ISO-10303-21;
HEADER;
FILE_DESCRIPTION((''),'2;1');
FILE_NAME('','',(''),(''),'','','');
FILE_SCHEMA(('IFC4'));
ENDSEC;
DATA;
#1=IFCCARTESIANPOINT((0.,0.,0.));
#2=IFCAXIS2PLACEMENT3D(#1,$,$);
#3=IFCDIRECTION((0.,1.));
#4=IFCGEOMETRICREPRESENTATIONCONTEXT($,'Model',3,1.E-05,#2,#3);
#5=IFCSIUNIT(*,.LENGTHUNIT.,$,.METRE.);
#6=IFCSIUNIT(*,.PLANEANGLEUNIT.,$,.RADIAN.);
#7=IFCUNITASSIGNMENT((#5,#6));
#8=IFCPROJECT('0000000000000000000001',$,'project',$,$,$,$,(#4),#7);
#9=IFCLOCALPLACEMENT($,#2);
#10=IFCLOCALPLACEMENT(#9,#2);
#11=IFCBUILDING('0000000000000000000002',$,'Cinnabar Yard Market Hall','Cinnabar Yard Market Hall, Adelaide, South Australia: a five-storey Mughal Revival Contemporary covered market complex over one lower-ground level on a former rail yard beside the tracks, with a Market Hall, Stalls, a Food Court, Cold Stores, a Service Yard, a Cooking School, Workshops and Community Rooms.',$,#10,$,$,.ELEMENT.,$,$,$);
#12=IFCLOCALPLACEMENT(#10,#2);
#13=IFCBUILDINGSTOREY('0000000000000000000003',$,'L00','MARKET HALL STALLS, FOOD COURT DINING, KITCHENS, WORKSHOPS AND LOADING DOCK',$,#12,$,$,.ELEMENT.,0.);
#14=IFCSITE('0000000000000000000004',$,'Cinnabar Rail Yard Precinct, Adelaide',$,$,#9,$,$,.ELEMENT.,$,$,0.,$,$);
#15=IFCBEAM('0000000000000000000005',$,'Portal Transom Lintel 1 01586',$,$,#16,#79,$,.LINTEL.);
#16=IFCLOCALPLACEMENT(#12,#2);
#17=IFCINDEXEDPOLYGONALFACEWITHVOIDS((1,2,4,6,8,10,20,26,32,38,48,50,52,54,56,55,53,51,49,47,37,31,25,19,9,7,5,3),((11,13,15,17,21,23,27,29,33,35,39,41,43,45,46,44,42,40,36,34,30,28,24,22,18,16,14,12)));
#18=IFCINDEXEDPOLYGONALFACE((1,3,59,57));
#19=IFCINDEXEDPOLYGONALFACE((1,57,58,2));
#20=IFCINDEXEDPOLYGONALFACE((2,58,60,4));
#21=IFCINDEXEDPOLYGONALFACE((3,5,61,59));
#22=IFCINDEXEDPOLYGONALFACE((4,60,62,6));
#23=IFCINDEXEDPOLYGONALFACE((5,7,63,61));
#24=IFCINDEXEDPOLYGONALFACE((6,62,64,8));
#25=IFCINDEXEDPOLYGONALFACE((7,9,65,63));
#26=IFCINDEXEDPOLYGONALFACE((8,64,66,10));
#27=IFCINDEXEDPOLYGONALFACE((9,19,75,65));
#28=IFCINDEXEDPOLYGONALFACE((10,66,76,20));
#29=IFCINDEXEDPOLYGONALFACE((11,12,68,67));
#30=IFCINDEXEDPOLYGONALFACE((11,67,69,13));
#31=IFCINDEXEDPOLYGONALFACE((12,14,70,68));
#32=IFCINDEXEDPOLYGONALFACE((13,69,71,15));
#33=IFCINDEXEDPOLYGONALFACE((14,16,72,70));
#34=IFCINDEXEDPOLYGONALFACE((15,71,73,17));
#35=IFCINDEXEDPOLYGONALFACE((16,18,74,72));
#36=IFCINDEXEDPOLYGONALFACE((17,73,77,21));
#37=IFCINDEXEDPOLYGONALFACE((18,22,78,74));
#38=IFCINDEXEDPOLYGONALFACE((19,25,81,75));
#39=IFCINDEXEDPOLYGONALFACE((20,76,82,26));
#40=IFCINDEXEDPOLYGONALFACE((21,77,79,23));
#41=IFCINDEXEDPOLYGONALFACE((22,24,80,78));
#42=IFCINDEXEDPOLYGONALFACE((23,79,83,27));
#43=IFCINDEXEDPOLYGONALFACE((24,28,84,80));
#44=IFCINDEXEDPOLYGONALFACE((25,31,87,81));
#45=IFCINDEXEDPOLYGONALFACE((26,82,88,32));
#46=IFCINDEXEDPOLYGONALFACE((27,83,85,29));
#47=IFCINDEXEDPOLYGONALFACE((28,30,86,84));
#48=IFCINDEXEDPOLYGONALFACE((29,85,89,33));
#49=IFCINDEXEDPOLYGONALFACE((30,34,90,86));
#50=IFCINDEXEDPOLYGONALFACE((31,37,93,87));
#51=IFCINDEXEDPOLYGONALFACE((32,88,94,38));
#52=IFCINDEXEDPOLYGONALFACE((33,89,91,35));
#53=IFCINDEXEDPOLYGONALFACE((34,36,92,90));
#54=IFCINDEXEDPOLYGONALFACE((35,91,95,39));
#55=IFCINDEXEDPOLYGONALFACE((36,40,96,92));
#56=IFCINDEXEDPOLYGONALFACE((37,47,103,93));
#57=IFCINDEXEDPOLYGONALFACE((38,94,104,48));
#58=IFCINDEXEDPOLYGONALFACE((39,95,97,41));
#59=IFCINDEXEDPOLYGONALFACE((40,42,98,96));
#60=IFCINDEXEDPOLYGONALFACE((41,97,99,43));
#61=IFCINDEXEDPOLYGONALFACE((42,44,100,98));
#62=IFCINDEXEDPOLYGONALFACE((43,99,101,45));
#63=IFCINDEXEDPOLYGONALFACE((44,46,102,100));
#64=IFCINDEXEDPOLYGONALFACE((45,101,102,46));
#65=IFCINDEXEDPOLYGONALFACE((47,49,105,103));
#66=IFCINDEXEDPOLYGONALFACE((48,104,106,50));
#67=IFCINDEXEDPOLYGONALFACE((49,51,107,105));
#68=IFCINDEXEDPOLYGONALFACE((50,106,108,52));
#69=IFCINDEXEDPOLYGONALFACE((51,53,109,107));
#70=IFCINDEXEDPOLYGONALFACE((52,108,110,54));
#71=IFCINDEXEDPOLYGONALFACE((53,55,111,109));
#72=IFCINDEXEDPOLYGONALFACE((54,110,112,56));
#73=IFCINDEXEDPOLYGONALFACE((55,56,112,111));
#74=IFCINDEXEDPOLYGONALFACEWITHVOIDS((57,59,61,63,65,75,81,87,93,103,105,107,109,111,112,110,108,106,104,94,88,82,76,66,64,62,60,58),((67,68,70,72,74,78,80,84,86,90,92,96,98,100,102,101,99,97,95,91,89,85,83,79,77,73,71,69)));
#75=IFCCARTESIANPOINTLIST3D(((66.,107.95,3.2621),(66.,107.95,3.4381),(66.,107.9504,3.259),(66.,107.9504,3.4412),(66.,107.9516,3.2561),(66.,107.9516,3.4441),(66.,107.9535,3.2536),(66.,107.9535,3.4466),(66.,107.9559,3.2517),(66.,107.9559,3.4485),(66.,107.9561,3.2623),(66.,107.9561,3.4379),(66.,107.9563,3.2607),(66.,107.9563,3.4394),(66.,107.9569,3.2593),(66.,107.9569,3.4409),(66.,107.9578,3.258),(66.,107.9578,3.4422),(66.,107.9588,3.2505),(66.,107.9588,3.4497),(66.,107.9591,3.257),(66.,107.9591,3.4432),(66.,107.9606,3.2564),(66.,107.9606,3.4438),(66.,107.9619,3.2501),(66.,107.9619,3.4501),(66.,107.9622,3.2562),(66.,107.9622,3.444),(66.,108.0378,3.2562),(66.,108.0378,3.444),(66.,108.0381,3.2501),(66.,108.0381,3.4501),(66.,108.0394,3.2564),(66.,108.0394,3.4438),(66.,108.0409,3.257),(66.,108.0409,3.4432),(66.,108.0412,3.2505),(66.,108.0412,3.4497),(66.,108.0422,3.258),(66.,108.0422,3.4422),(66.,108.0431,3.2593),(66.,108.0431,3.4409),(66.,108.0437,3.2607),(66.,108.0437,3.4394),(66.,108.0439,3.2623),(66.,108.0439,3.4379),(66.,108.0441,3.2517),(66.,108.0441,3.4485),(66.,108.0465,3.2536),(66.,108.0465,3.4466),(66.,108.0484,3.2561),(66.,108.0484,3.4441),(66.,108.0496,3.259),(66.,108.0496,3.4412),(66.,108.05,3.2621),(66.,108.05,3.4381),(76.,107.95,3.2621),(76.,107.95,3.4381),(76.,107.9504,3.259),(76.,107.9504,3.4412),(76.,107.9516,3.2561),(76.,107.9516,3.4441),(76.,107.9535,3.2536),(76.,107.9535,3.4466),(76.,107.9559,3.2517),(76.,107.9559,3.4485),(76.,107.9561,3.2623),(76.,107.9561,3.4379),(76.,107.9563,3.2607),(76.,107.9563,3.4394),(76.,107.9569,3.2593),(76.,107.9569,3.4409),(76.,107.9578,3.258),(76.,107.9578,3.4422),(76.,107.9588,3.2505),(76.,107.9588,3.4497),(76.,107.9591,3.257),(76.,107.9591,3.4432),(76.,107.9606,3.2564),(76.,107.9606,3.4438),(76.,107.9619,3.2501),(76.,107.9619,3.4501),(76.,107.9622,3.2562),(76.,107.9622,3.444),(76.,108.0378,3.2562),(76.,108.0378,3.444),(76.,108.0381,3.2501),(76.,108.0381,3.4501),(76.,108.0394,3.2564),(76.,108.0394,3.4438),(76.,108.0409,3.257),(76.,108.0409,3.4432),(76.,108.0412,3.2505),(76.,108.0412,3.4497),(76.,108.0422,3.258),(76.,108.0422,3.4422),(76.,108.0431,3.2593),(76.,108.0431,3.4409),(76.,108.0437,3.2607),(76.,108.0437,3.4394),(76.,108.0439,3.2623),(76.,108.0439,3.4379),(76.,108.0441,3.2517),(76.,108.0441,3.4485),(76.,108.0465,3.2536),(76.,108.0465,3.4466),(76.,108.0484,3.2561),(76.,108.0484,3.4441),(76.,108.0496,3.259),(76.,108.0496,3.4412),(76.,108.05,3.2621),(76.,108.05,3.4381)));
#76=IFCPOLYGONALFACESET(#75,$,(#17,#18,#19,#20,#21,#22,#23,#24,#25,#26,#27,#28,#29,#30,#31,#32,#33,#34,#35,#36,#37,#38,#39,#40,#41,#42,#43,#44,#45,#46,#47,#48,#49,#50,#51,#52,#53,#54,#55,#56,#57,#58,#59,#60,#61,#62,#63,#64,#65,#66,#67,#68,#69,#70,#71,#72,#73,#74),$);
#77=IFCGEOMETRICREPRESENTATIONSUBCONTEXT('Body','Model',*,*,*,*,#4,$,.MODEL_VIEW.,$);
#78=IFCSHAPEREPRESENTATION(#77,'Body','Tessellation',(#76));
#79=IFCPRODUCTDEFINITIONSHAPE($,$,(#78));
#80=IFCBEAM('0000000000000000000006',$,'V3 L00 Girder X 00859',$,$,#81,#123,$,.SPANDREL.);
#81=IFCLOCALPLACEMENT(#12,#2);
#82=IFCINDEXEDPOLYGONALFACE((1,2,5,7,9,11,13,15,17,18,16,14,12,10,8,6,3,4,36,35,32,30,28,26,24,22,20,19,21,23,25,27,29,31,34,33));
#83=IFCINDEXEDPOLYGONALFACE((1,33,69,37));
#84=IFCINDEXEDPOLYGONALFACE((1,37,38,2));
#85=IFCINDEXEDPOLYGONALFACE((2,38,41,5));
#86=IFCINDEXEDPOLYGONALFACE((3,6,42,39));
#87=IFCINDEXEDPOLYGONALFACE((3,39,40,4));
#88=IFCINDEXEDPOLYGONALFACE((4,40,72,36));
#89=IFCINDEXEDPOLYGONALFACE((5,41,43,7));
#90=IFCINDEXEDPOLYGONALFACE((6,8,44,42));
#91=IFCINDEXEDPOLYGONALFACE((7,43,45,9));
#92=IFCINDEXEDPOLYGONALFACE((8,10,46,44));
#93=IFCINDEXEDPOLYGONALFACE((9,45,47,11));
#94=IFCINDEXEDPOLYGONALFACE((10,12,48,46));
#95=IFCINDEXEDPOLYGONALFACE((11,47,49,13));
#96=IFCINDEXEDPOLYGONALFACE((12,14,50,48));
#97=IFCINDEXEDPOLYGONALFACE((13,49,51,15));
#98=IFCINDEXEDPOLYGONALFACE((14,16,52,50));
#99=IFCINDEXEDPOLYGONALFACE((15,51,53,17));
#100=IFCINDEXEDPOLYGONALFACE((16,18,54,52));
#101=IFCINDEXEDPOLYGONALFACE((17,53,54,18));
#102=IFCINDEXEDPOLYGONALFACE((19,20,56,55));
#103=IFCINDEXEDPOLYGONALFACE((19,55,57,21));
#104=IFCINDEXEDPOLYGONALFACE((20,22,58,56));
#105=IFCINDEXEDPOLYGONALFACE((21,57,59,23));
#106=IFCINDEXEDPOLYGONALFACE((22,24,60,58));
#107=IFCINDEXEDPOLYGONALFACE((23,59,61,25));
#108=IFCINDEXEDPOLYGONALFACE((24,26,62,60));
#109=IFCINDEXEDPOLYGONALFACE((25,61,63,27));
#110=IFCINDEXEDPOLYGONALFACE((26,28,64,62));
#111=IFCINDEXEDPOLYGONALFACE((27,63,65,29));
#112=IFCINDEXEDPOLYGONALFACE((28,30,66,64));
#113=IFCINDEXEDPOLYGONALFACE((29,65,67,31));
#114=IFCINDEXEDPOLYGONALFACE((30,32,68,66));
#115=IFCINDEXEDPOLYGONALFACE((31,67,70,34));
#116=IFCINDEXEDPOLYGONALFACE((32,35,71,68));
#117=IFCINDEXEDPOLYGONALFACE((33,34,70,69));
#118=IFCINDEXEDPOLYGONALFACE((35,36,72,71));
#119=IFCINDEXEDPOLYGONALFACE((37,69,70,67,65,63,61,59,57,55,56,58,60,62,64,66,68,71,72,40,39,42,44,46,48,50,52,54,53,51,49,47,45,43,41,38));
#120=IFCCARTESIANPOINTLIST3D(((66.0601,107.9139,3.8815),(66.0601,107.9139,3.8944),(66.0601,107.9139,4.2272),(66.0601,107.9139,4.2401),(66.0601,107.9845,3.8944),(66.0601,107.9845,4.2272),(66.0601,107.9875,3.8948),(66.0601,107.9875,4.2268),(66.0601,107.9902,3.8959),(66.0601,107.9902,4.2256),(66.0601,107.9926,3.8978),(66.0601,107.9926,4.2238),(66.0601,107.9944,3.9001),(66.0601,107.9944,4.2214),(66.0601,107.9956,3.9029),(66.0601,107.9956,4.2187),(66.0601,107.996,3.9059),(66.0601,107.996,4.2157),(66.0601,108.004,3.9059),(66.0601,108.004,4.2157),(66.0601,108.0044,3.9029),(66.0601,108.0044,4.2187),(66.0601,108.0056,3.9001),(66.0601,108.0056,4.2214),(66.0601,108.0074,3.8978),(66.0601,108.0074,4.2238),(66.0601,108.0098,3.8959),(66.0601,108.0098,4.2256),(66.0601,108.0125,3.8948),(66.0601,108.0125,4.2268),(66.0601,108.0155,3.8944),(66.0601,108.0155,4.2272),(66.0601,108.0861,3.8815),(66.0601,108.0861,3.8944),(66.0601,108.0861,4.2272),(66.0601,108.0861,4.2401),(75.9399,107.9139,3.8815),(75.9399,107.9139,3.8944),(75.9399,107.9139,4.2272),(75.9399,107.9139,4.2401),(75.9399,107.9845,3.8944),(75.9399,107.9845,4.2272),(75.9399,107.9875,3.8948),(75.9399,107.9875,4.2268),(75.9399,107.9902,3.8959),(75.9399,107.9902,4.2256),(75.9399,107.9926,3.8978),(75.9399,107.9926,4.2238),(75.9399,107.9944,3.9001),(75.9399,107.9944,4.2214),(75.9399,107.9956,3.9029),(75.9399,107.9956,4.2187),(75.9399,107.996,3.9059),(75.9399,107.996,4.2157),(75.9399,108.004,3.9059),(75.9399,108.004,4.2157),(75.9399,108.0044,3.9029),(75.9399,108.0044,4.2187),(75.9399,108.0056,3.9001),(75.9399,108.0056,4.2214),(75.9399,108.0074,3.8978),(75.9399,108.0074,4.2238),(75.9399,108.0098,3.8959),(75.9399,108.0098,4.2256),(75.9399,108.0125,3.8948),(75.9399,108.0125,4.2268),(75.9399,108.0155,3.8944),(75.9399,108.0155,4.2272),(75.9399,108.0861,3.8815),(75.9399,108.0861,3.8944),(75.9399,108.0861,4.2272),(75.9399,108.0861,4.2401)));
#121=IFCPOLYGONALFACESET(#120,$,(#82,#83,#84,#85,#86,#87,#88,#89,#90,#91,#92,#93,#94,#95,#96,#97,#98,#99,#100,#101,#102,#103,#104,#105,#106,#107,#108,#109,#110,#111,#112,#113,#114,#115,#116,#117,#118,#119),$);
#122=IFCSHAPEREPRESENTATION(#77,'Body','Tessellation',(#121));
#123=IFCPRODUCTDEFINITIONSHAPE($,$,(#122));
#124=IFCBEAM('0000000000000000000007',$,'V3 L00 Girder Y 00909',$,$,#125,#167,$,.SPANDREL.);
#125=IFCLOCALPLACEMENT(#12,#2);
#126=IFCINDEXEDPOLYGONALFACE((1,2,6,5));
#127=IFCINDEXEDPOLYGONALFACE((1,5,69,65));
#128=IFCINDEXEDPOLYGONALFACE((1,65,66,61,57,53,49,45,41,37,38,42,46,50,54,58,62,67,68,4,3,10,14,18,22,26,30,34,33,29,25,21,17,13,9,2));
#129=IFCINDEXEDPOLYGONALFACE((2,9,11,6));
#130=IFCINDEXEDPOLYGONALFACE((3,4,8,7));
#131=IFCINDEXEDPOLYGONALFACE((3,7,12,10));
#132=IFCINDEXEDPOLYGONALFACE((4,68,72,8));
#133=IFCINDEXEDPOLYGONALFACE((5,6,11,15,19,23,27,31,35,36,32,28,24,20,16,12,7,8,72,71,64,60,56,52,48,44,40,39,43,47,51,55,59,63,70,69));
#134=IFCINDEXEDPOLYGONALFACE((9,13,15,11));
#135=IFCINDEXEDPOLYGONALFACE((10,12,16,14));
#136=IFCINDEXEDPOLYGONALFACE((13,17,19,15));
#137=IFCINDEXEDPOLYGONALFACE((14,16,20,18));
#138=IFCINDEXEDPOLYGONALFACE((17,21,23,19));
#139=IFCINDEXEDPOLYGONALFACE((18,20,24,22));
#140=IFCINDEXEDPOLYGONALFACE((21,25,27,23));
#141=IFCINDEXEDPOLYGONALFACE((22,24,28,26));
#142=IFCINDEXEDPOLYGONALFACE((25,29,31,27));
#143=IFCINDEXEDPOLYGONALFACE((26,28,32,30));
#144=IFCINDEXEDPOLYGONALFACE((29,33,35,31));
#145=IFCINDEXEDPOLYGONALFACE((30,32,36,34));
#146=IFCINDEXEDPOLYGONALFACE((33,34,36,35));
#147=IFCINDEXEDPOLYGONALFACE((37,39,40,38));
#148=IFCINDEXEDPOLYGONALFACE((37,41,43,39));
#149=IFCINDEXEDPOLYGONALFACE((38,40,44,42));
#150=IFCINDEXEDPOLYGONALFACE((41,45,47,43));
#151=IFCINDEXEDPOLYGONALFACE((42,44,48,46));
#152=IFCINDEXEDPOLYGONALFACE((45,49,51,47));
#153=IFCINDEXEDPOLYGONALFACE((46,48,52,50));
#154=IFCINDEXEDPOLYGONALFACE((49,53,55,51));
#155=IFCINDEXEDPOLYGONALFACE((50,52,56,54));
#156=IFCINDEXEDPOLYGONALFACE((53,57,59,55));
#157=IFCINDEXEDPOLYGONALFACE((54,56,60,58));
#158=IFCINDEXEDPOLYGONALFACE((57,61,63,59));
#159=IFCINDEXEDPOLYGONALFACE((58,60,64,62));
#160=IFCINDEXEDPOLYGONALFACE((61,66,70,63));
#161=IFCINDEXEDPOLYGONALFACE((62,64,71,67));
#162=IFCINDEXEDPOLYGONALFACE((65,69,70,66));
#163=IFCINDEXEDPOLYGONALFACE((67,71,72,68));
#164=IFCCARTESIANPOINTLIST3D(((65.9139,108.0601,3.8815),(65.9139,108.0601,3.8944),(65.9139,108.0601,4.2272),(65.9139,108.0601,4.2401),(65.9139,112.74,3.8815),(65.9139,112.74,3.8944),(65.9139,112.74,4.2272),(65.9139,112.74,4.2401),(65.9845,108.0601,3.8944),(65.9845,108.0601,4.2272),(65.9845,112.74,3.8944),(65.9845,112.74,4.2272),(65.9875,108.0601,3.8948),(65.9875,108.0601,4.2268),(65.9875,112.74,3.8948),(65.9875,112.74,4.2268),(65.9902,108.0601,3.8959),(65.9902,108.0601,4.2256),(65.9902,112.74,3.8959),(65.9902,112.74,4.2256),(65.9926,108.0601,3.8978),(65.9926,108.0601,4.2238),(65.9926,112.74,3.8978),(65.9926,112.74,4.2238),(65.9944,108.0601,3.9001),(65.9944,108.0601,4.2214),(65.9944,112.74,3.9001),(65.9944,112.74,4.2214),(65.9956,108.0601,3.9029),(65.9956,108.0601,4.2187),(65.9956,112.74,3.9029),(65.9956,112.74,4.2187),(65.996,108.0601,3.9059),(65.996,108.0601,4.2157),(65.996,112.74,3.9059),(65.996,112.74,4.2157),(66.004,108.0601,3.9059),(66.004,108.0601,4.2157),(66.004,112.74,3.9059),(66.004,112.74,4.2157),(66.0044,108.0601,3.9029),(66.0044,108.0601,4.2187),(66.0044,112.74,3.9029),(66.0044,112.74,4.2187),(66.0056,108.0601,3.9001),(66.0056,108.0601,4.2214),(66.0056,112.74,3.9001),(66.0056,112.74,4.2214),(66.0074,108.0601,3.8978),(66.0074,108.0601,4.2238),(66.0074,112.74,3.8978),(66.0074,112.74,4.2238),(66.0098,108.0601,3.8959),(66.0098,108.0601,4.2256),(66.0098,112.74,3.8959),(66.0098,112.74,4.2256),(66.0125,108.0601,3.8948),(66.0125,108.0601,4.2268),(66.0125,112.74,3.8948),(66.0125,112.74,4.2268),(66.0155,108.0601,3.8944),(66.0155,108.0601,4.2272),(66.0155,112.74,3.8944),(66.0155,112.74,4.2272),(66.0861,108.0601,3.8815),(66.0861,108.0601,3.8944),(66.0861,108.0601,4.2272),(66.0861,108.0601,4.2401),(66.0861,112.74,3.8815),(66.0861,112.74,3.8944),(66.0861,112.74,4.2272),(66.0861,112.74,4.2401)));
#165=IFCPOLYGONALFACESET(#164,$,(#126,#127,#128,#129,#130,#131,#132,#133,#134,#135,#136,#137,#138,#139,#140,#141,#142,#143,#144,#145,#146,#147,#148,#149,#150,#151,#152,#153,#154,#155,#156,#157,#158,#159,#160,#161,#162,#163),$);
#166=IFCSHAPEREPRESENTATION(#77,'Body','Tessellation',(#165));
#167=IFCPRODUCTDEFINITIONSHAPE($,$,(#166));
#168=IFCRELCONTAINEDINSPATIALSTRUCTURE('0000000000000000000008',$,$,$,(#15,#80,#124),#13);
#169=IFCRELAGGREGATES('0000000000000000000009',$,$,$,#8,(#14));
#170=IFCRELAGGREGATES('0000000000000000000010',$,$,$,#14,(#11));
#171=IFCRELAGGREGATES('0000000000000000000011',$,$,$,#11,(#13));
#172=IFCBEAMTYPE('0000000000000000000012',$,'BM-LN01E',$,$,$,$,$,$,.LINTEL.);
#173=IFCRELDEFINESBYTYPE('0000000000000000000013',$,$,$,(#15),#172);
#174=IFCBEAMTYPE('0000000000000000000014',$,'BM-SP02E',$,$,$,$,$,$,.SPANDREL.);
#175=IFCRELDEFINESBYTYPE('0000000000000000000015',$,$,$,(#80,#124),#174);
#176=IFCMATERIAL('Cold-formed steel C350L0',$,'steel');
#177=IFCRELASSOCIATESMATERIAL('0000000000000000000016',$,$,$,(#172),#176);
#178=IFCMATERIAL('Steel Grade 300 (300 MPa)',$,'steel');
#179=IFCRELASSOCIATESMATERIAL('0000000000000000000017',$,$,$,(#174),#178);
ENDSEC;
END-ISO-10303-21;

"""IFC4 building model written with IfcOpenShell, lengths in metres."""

from ifc_helpers import new_model, si_unit, direction, frame, origin, origin_2d_with_axis, place, context, subcontext, project, spatial, hollow_rectangle, i_section, extrude, material, material_profile, profile_set, type_object, element, save


model = new_model("IFC4")

# Units and contexts
model_context = context("Model", 3, precision=1e-05, world=origin(), true_north=direction((0.0, 1.0)))
body_context = subcontext(model_context, "Body", "Model", "MODEL_VIEW")
ifc_project = project(units=[si_unit("LENGTHUNIT", "METRE"), si_unit("PLANEANGLEUNIT", "RADIAN")], contexts=[model_context])

# Site, building, storey
site_placement = place(None, origin())
site = spatial("IfcSite", under=ifc_project, at=site_placement, Name="Cinnabar Rail Yard Precinct, Adelaide", CompositionType="ELEMENT", RefElevation=0.0)
building_placement = place(site_placement, origin())
building = spatial("IfcBuilding", under=site, at=building_placement, Name="Cinnabar Yard Market Hall", Description="Cinnabar Yard Market Hall, Adelaide, South Australia: a five-storey Mughal Revival Contemporary covered market complex over one lower-ground level on a former rail yard beside the tracks, with a Market Hall, Stalls, a Food Court, Cold Stores, a Service Yard, a Cooking School, Workshops and Community Rooms.", CompositionType="ELEMENT")
storey_placement = place(building_placement, origin())
storey = spatial("IfcBuildingStorey", under=building, at=storey_placement, Name="L00", Description="MARKET HALL STALLS, FOOD COURT DINING, KITCHENS, WORKSHOPS AND LOADING DOCK", CompositionType="ELEMENT", Elevation=0.0)

# Shared definitions
ifc_material_1 = material(Name="Cold-formed steel C350L0", Category="steel")

# Beams
ifc_material_2 = material(Name="Steel Grade 300 (300 MPa)", Category="steel")
ifc_material_profile_1 = material_profile(ifc_material_1, hollow_rectangle(XDim=0.1001, YDim=0.2, WallThickness=0.0061, InnerFilletRadius=0.0061, OuterFilletRadius=0.012, at=origin_2d_with_axis()), Name="200x100x6.0RHS")
ifc_profile_set_1 = profile_set([ifc_material_profile_1], Name="Cold-formed steel C350L0")
beam_type_1 = type_object("IfcBeamType", Name="BM-LN01E", PredefinedType="LINTEL", material=ifc_profile_set_1)
beam_1_placement = place(storey_placement, frame((66.0, 108.0, 3.3501), z_axis=(1.0, 0.0, 0.0), x_axis=(0.0, 1.0, 0.0)))
element("IfcBeam", 1, at=beam_1_placement, inside=storey, type_object=beam_type_1, Name="Portal Transom Lintel 1 01586", PredefinedType="LINTEL", context=body_context, shape_type="SweptSolid", body=[
    extrude(hollow_rectangle(XDim=0.1001, YDim=0.2, WallThickness=0.0061, InnerFilletRadius=0.0061, OuterFilletRadius=0.012, at=origin_2d_with_axis()), origin(), (0.0, 0.0, 1.0), 10.0),
])
ifc_material_profile_2 = material_profile(ifc_material_2, i_section(OverallWidth=0.1721, OverallDepth=0.3586, WebThickness=0.0081, FlangeThickness=0.0129, FilletRadius=0.0115, at=origin_2d_with_axis()), Name="360UB56.7")
ifc_profile_set_2 = profile_set([ifc_material_profile_2], Name="Steel Grade 300 (300 MPa)")
beam_type_2 = type_object("IfcBeamType", Name="BM-SP02E", PredefinedType="SPANDREL", material=ifc_profile_set_2)
beam_2_placement = place(storey_placement, frame((66.0601, 108.0, 4.0608), z_axis=(1.0, 0.0, 0.0), x_axis=(0.0, 1.0, 0.0)))
element("IfcBeam", 2, at=beam_2_placement, inside=storey, type_object=beam_type_2, Name="V3 L00 Girder X 00859", PredefinedType="SPANDREL", context=body_context, shape_type="SweptSolid", body=[
    extrude(i_section(OverallWidth=0.1721, OverallDepth=0.3586, WebThickness=0.0081, FlangeThickness=0.0129, FilletRadius=0.0115, at=origin_2d_with_axis()), origin(), (0.0, 0.0, 1.0), 9.8799),
])
beam_3_placement = place(storey_placement, frame((66.0, 108.0601, 4.0608), z_axis=(0.0, 1.0, 0.0), x_axis=(-1.0, 0.0, 0.0)))
element("IfcBeam", 3, at=beam_3_placement, inside=storey, type_object=beam_type_2, Name="V3 L00 Girder Y 00909", PredefinedType="SPANDREL", context=body_context, shape_type="SweptSolid", body=[
    extrude(i_section(OverallWidth=0.1721, OverallDepth=0.3586, WebThickness=0.0081, FlangeThickness=0.0129, FilletRadius=0.0115, at=origin_2d_with_axis()), origin(), (0.0, 0.0, 1.0), 4.6799),
])

save(model, "model.ifc")
